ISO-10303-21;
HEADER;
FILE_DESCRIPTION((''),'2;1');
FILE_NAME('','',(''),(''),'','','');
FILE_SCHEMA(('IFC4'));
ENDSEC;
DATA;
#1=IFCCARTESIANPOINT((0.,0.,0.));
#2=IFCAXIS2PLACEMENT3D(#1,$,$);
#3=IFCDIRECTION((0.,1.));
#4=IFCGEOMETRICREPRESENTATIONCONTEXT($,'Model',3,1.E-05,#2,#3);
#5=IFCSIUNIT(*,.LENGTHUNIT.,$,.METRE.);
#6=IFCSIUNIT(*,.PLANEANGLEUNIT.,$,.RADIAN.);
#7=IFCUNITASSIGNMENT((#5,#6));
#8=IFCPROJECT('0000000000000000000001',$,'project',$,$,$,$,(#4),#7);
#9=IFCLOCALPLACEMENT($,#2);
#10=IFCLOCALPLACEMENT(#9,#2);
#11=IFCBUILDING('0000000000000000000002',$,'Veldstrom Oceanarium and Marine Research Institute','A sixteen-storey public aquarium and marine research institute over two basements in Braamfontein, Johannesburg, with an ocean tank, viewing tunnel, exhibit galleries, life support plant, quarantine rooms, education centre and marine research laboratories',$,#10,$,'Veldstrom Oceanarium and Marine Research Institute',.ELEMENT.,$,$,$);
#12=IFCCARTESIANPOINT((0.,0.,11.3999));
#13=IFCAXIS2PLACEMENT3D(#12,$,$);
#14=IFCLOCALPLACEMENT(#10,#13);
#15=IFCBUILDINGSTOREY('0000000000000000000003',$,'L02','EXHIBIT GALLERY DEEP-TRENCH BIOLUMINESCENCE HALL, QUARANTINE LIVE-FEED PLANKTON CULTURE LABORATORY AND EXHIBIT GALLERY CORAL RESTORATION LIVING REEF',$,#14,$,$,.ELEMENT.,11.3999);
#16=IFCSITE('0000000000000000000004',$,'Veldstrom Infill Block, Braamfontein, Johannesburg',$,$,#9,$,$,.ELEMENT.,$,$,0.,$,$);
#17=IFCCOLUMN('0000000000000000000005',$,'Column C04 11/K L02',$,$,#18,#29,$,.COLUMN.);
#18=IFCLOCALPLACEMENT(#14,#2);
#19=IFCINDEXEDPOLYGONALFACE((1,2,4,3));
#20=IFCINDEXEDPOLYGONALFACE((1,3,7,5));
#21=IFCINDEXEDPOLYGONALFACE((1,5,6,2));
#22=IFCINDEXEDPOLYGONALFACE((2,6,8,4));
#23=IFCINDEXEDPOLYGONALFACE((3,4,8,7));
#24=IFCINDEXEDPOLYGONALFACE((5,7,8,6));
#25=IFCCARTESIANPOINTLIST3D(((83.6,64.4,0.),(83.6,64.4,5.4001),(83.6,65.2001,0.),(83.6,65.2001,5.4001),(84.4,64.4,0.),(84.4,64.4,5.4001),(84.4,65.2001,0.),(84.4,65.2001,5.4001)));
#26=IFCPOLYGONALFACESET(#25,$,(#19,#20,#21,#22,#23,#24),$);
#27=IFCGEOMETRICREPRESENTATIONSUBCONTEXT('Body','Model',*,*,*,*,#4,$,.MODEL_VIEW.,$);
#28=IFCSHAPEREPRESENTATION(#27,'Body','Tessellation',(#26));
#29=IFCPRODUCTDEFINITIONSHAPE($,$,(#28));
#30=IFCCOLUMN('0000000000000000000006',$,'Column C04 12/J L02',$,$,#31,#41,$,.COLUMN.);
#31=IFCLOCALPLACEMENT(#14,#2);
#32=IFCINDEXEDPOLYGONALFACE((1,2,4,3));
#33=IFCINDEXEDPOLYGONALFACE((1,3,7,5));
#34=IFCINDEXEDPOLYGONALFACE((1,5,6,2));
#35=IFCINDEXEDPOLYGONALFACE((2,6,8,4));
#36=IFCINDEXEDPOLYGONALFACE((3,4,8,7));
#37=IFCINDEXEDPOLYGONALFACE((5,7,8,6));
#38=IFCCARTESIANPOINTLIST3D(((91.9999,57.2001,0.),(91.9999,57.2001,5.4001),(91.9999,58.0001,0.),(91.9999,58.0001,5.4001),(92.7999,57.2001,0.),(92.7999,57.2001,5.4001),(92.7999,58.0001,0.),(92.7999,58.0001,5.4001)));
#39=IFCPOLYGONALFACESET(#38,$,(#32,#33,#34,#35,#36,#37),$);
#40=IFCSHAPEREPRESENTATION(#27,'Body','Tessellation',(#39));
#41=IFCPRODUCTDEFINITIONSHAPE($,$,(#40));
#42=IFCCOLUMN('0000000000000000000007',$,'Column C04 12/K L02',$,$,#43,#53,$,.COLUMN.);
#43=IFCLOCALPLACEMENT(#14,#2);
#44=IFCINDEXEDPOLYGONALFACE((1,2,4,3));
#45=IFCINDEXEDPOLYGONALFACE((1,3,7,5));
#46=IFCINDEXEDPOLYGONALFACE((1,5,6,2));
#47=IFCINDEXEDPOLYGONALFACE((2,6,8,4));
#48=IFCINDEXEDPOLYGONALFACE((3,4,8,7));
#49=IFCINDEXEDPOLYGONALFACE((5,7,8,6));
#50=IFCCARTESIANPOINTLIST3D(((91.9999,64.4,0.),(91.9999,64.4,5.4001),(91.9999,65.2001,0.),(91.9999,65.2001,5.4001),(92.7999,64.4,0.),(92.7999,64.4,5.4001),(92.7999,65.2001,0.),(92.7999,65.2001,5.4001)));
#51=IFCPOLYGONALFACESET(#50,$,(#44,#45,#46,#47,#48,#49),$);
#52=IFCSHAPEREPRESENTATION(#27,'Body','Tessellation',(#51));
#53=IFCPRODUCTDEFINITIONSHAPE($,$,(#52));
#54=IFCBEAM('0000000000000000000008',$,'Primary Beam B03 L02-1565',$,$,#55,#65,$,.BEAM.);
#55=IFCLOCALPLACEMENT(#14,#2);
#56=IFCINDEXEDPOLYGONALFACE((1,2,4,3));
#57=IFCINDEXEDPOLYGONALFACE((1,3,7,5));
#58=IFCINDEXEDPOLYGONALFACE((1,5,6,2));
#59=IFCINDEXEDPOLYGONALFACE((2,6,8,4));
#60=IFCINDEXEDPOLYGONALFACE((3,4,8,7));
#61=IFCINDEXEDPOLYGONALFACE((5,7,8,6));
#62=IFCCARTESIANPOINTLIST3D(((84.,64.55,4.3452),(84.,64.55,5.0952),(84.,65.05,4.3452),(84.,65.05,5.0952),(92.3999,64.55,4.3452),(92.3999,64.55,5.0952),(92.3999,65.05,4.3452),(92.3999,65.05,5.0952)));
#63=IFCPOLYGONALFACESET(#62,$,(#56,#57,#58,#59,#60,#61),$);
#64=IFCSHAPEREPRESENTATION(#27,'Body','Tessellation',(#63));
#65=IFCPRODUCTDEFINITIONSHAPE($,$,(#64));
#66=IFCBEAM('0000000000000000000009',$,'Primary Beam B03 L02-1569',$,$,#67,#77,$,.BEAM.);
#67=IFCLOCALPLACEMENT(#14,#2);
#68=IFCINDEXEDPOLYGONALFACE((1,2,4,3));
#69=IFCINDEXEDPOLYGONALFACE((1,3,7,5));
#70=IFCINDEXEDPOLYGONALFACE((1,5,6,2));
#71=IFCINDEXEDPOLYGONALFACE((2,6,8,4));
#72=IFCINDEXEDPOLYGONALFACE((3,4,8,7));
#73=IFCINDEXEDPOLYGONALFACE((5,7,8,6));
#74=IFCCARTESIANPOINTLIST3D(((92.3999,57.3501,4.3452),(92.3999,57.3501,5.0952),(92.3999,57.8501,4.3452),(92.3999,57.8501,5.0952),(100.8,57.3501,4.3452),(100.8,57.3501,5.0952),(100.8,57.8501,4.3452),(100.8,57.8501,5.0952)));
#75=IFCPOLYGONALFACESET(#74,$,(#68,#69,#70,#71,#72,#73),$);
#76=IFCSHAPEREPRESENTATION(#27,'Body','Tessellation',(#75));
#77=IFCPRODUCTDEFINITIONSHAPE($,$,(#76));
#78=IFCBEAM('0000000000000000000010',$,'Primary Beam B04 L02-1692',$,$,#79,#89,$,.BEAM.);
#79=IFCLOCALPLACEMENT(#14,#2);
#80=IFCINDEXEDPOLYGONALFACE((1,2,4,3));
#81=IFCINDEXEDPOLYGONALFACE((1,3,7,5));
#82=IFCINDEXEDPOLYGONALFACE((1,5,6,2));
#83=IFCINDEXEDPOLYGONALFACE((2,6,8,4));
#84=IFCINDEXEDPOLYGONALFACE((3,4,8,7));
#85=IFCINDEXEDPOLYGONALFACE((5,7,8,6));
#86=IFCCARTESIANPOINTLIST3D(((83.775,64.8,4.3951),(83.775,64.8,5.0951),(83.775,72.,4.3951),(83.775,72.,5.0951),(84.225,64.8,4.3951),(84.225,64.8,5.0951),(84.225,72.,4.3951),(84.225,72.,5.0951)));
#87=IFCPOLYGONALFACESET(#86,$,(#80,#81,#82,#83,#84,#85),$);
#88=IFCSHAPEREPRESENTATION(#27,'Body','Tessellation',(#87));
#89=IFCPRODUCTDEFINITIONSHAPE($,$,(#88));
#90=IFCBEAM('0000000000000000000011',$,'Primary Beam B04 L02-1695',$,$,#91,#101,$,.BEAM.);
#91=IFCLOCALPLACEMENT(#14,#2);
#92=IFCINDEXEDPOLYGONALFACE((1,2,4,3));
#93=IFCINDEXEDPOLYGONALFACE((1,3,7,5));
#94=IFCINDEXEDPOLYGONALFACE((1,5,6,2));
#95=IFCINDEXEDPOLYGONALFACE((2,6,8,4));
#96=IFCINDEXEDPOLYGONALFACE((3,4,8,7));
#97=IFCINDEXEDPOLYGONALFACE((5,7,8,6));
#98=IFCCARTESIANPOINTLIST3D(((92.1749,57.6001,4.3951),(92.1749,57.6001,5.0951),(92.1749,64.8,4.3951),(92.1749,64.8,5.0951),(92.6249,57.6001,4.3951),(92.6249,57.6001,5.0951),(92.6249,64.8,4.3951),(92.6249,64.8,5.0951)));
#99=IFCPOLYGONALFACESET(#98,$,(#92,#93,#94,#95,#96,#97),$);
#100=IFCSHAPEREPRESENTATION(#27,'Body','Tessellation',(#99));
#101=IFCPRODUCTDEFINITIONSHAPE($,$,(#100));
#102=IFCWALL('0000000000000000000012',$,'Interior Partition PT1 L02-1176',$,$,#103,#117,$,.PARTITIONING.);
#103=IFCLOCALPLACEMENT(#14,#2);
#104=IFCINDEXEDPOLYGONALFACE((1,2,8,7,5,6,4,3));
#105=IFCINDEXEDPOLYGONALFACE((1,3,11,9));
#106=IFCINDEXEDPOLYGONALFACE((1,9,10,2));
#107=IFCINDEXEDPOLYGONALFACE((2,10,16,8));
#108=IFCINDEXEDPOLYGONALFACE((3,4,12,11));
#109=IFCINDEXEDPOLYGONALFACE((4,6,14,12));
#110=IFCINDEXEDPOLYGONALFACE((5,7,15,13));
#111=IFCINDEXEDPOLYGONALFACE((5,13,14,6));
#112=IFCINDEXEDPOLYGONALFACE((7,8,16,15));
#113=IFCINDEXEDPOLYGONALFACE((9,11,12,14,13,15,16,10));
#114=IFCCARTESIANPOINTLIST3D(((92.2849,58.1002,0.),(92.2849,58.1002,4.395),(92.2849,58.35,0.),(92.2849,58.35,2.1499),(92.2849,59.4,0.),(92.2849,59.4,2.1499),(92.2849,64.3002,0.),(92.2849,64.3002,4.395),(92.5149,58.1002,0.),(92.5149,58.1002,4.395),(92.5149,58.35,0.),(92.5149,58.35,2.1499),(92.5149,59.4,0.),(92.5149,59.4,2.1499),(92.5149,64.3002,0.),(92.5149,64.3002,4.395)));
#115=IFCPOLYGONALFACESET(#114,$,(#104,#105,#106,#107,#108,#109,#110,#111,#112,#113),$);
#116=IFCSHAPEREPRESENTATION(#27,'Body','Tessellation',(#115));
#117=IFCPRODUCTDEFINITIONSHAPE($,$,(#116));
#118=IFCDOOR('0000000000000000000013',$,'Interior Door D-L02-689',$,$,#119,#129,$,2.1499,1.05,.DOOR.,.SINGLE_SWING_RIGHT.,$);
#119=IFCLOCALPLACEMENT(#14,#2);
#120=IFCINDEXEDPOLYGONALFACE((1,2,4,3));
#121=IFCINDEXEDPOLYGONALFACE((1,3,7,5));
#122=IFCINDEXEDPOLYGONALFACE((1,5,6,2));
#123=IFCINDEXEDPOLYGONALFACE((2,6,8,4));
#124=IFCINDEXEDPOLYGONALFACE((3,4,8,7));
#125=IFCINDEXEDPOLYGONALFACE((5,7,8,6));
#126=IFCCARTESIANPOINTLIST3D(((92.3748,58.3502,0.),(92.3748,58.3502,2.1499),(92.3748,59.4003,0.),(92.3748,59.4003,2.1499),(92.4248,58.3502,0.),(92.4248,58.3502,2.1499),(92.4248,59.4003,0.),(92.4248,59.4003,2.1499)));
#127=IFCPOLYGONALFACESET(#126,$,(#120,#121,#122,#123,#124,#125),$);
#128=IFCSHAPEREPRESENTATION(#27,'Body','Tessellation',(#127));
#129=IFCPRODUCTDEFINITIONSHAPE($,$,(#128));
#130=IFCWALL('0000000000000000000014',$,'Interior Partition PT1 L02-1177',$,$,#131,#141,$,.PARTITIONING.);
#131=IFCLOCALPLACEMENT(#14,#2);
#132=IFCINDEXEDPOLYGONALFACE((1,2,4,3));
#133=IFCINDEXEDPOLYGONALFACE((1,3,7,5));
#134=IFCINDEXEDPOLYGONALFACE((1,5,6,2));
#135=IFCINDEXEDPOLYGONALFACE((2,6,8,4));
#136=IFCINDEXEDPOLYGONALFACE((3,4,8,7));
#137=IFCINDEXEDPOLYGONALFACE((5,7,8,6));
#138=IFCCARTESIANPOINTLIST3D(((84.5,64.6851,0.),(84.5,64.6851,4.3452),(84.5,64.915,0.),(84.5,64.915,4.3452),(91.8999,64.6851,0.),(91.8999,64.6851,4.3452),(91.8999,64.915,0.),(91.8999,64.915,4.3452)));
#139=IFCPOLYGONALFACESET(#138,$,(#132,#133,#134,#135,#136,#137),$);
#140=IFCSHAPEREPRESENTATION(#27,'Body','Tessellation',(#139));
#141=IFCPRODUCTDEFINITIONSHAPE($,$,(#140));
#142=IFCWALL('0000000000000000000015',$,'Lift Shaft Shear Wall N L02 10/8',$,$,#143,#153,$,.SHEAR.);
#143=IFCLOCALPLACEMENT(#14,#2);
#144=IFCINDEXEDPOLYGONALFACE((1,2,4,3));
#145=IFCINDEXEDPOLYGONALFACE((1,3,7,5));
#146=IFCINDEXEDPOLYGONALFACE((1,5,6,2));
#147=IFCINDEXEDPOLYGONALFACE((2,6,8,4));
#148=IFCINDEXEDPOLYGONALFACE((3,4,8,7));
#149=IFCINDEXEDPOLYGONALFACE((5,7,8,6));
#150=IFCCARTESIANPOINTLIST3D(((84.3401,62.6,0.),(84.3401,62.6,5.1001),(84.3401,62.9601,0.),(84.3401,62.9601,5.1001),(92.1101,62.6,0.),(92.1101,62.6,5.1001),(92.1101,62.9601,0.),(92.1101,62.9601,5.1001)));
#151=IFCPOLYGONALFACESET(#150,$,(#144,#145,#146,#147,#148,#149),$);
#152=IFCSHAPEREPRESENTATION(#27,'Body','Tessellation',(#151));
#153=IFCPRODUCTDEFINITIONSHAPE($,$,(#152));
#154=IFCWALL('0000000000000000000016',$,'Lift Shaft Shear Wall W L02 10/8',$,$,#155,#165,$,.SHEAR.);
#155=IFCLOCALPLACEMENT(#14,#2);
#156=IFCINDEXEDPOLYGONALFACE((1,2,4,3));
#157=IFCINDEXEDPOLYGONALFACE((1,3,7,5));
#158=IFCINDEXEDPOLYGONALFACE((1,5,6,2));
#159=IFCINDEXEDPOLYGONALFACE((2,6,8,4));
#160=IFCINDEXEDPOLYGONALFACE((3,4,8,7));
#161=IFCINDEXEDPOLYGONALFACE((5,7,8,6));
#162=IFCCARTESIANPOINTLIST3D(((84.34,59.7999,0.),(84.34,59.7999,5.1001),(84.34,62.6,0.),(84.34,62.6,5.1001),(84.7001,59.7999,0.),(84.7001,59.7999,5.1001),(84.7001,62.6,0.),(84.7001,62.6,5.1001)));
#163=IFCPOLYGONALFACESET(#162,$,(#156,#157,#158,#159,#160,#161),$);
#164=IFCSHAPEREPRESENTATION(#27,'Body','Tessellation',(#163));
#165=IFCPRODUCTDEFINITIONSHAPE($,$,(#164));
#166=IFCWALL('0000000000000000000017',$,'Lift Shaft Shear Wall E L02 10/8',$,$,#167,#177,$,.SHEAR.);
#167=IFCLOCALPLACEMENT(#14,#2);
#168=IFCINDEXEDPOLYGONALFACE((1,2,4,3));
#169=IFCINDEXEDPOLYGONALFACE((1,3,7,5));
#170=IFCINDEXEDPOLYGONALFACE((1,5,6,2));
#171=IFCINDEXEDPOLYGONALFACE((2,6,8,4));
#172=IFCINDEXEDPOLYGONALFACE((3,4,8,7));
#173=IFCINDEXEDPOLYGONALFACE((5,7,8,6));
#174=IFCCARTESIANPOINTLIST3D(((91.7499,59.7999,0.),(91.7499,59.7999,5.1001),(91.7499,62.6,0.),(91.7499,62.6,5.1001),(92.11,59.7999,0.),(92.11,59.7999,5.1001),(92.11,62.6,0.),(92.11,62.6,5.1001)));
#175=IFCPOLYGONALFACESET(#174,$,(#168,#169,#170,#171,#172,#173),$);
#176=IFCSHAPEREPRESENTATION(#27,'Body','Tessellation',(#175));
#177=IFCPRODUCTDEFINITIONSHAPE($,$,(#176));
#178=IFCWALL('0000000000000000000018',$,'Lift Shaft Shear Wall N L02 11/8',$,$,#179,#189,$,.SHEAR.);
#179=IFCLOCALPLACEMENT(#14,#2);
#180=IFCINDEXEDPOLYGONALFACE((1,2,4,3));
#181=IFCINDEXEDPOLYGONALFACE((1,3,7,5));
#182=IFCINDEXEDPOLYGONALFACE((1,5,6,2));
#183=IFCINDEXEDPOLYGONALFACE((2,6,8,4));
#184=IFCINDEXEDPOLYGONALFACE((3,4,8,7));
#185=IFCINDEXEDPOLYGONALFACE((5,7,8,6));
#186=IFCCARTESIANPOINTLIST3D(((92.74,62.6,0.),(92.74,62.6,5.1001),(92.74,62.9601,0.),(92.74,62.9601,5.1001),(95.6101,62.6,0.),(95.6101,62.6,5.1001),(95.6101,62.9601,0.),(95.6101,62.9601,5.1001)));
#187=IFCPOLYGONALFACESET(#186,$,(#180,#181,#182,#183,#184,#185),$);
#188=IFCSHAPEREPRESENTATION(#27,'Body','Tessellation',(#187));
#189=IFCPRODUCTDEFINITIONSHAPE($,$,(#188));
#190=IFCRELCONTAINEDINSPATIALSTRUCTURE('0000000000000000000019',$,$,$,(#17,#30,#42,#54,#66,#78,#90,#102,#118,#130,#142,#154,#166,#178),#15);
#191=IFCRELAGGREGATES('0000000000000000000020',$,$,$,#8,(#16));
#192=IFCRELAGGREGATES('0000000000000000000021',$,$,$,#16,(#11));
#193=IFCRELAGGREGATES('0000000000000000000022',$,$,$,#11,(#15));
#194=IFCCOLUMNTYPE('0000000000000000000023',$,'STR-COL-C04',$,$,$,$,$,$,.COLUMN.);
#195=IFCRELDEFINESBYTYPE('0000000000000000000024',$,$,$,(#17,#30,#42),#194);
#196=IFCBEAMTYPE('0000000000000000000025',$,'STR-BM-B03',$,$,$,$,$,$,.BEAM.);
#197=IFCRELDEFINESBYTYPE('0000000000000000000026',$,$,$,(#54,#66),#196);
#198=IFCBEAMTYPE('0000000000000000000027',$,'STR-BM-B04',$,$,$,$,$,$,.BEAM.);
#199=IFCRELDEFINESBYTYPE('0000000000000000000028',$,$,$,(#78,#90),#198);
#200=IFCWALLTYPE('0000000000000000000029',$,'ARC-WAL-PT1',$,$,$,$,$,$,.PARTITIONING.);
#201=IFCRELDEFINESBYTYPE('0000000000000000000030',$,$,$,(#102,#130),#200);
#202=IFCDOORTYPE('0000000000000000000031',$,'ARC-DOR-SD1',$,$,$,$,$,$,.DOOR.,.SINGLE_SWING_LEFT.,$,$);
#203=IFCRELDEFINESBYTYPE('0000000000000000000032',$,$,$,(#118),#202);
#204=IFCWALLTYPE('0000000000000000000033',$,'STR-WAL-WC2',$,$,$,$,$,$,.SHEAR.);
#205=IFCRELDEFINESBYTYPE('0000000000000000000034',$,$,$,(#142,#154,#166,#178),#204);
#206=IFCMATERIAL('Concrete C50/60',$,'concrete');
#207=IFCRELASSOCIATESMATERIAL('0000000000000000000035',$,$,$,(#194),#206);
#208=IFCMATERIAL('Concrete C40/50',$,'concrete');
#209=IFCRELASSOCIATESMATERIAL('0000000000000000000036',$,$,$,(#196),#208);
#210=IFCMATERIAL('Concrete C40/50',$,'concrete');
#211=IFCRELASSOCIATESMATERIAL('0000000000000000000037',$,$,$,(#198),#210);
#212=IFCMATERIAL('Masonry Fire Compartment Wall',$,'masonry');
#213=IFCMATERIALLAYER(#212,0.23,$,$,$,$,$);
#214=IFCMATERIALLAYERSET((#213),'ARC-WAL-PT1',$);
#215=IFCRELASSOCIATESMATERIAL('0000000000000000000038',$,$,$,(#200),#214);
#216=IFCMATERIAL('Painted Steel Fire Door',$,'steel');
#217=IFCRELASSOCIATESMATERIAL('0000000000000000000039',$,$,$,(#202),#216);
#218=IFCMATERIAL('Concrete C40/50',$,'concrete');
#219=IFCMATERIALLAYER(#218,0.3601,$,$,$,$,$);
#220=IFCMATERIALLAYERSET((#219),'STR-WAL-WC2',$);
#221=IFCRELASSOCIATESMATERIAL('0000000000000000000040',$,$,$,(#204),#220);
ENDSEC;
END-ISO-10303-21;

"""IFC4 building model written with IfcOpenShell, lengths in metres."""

from ifc_helpers import new_model, si_unit, direction, frame, frame_2d, origin, origin_2d, place, context, subcontext, project, spatial, rectangle, extrude, material, layer, layer_set, material_profile, profile_set, type_object, element, fill, save


model = new_model("IFC4")

# Units and contexts
model_context = context("Model", 3, precision=1e-05, world=origin(), true_north=direction((0.0, 1.0)))
body_context = subcontext(model_context, "Body", "Model", "MODEL_VIEW")
ifc_project = project(units=[si_unit("LENGTHUNIT", "METRE"), si_unit("PLANEANGLEUNIT", "RADIAN")], contexts=[model_context])

# Site, building, storey
site_placement = place(None, origin())
site = spatial("IfcSite", under=ifc_project, at=site_placement, Name="Veldstrom Infill Block, Braamfontein, Johannesburg", CompositionType="ELEMENT", RefElevation=0.0)
building_placement = place(site_placement, origin())
building = spatial("IfcBuilding", under=site, at=building_placement, Name="Veldstrom Oceanarium and Marine Research Institute", Description="A sixteen-storey public aquarium and marine research institute over two basements in Braamfontein, Johannesburg, with an ocean tank, viewing tunnel, exhibit galleries, life support plant, quarantine rooms, education centre and marine research laboratories", LongName="Veldstrom Oceanarium and Marine Research Institute", CompositionType="ELEMENT")
storey_placement = place(building_placement, frame((0.0, 0.0, 11.3999)))
storey = spatial("IfcBuildingStorey", under=building, at=storey_placement, Name="L02", Description="EXHIBIT GALLERY DEEP-TRENCH BIOLUMINESCENCE HALL, QUARANTINE LIVE-FEED PLANKTON CULTURE LABORATORY AND EXHIBIT GALLERY CORAL RESTORATION LIVING REEF", CompositionType="ELEMENT", Elevation=11.3999)

# Columns
ifc_material_1 = material(Name="Concrete C50/60", Category="concrete")
ifc_material_profile_1 = material_profile(ifc_material_1, rectangle(XDim=0.8, YDim=0.8, at=origin_2d()), Name="RC-COL-800x800")
ifc_profile_set_1 = profile_set([ifc_material_profile_1], Name="Concrete C50/60")
column_type = type_object("IfcColumnType", Name="STR-COL-C04", PredefinedType="COLUMN", material=ifc_profile_set_1)
for number, where, z_axis, x_axis, name in (
    (1, (84.0, 64.8, 0.0), (0.0, 0.0, 1.0), (1.0, 0.0, 0.0), "Column C04 11/K L02"),
    (2, (92.3999, 57.6001, 0.0), (0.0, 0.0, 1.0), (1.0, 0.0, 0.0), "Column C04 12/J L02"),
    (3, (92.3999, 64.8, 0.0), (0.0, 0.0, 1.0), (1.0, 0.0, 0.0), "Column C04 12/K L02"),
):
    element("IfcColumn", number, at=place(storey_placement, frame(where, z_axis=z_axis, x_axis=x_axis)), inside=storey, type_object=column_type, Name=name, PredefinedType="COLUMN", context=body_context, shape_type="SweptSolid", body=[
        extrude(rectangle(XDim=0.8, YDim=0.8, at=origin_2d()), origin(), (0.0, 0.0, 1.0), 5.4001),
    ])

# Beams
ifc_material_2 = material(Name="Concrete C40/50", Category="concrete")
ifc_material_profile_2 = material_profile(ifc_material_2, rectangle(XDim=0.5, YDim=0.75, at=origin_2d()), Name="RC-BM-500x750")
ifc_profile_set_2 = profile_set([ifc_material_profile_2], Name="Concrete C40/50")
beam_type_1 = type_object("IfcBeamType", Name="STR-BM-B03", PredefinedType="BEAM", material=ifc_profile_set_2)
beam_1_placement = place(storey_placement, frame((84.0, 64.8, 4.7202), z_axis=(1.0, 0.0, 0.0), x_axis=(0.0, 1.0, 0.0)))
element("IfcBeam", 4, at=beam_1_placement, inside=storey, type_object=beam_type_1, Name="Primary Beam B03 L02-1565", PredefinedType="BEAM", context=body_context, shape_type="SweptSolid", body=[
    extrude(rectangle(XDim=0.5, YDim=0.75, at=origin_2d()), origin(), (0.0, 0.0, 1.0), 8.3999),
])
beam_2_placement = place(storey_placement, frame((92.3999, 57.6001, 4.7202), z_axis=(1.0, 0.0, 0.0), x_axis=(0.0, 1.0, 0.0)))
element("IfcBeam", 5, at=beam_2_placement, inside=storey, type_object=beam_type_1, Name="Primary Beam B03 L02-1569", PredefinedType="BEAM", context=body_context, shape_type="SweptSolid", body=[
    extrude(rectangle(XDim=0.5, YDim=0.75, at=origin_2d()), origin(), (0.0, 0.0, 1.0), 8.4001),
])
ifc_material_3 = material(Name="Concrete C40/50", Category="concrete")
ifc_material_profile_3 = material_profile(ifc_material_3, rectangle(XDim=0.45, YDim=0.7, at=origin_2d()), Name="RC-BM-450x700")
ifc_profile_set_3 = profile_set([ifc_material_profile_3], Name="Concrete C40/50")
beam_type_2 = type_object("IfcBeamType", Name="STR-BM-B04", PredefinedType="BEAM", material=ifc_profile_set_3)
for number, where, z_axis, x_axis, name in (
    (6, (84.0, 64.8, 4.7451), (0.0, 1.0, 0.0), (-1.0, 0.0, 0.0), "Primary Beam B04 L02-1692"),
    (7, (92.3999, 57.6001, 4.7451), (0.0, 1.0, 0.0), (-1.0, 0.0, 0.0), "Primary Beam B04 L02-1695"),
):
    element("IfcBeam", number, at=place(storey_placement, frame(where, z_axis=z_axis, x_axis=x_axis)), inside=storey, type_object=beam_type_2, Name=name, PredefinedType="BEAM", context=body_context, shape_type="SweptSolid", body=[
        extrude(rectangle(XDim=0.45, YDim=0.7, at=origin_2d()), origin(), (0.0, 0.0, 1.0), 7.2),
    ])

# Wall, opening, door
ifc_material_4 = material(Name="Masonry Fire Compartment Wall", Category="masonry")
ifc_layer_1 = layer(ifc_material_4, 0.23)
ifc_layer_set_1 = layer_set([ifc_layer_1], Name="ARC-WAL-PT1")
wall_type_1 = type_object("IfcWallType", Name="ARC-WAL-PT1", PredefinedType="PARTITIONING", material=ifc_layer_set_1)
wall_1_placement = place(storey_placement, frame((92.3999, 58.1001, 0.0), z_axis=(0.0, 0.0, 1.0), x_axis=(0.0, 1.0, 0.0)))
wall_1 = element("IfcWall", 8, at=wall_1_placement, inside=storey, type_object=wall_type_1, Name="Interior Partition PT1 L02-1176", PredefinedType="PARTITIONING", context=body_context, shape_type="SweptSolid", body=[
    extrude(rectangle(XDim=6.2, YDim=0.23, at=frame_2d((3.1001, 0.0))), origin(), (0.0, 0.0, 1.0), 4.395),
])
opening_1_placement = place(wall_1_placement, frame((0.25, 0.0, 0.0)))
opening_1 = element("IfcOpeningElement", 9, at=opening_1_placement, cuts=wall_1, PredefinedType="OPENING", context=body_context, shape_type="SweptSolid", body=[
    extrude(rectangle(XDim=1.05, YDim=2.1499, at=frame_2d((0.5249, 1.075))), frame((0.0, 0.125, 0.0), z_axis=(0.0, -1.0, 0.0), x_axis=(1.0, 0.0, 0.0)), (0.0, 0.0, 1.0), 0.25),
])
ifc_material_5 = material(Name="Painted Steel Fire Door", Category="steel")
door_type_1 = type_object("IfcDoorType", Name="ARC-DOR-SD1", OperationType="SINGLE_SWING_LEFT", PredefinedType="DOOR", material=ifc_material_5)
door_1_placement = place(opening_1_placement, frame((1.05, 0.0, 0.0), z_axis=(0.0, 0.0, 1.0), x_axis=(-1.0, 0.0, 0.0)))
door_1 = element("IfcDoor", 10, at=door_1_placement, inside=storey, type_object=door_type_1, Name="Interior Door D-L02-689", OperationType="SINGLE_SWING_RIGHT", OverallHeight=2.1499, OverallWidth=1.05, PredefinedType="DOOR", context=body_context, shape_type="SweptSolid", body=[
    extrude(rectangle(XDim=1.05, YDim=2.1499, at=frame_2d((0.5249, 1.075))), frame((0.0, 0.0249, 0.0), z_axis=(0.0, -1.0, 0.0), x_axis=(1.0, 0.0, 0.0)), (0.0, 0.0, 1.0), 0.05),
])
fill(opening_1, door_1)

# Walls
wall_2_placement = place(storey_placement, frame((84.5, 64.8, 0.0), z_axis=(0.0, 0.0, 1.0), x_axis=(1.0, 0.0, 0.0)))
element("IfcWall", 11, at=wall_2_placement, inside=storey, type_object=wall_type_1, Name="Interior Partition PT1 L02-1177", PredefinedType="PARTITIONING", context=body_context, shape_type="SweptSolid", body=[
    extrude(rectangle(XDim=7.3999, YDim=0.23, at=frame_2d((3.7, 0.0))), origin(), (0.0, 0.0, 1.0), 4.3452),
])
ifc_material_6 = material(Name="Concrete C40/50", Category="concrete")
ifc_layer_2 = layer(ifc_material_6, 0.3601)
ifc_layer_set_2 = layer_set([ifc_layer_2], Name="STR-WAL-WC2")
wall_type_2 = type_object("IfcWallType", Name="STR-WAL-WC2", PredefinedType="SHEAR", material=ifc_layer_set_2)
wall_3_placement = place(storey_placement, frame((84.3401, 62.78, 0.0), z_axis=(0.0, 0.0, 1.0), x_axis=(1.0, 0.0, 0.0)))
element("IfcWall", 12, at=wall_3_placement, inside=storey, type_object=wall_type_2, Name="Lift Shaft Shear Wall N L02 10/8", PredefinedType="SHEAR", context=body_context, shape_type="SweptSolid", body=[
    extrude(rectangle(XDim=7.77, YDim=0.3601, at=frame_2d((3.885, 0.0))), origin(), (0.0, 0.0, 1.0), 5.1001),
])

# Walls
for number, where, z_axis, x_axis, name in (
    (13, (84.52, 59.8, 0.0), (0.0, 0.0, 1.0), (0.0, 1.0, 0.0), "Lift Shaft Shear Wall W L02 10/8"),
    (14, (91.9299, 59.8, 0.0), (0.0, 0.0, 1.0), (0.0, 1.0, 0.0), "Lift Shaft Shear Wall E L02 10/8"),
):
    element("IfcWall", number, at=place(storey_placement, frame(where, z_axis=z_axis, x_axis=x_axis)), inside=storey, type_object=wall_type_2, Name=name, PredefinedType="SHEAR", context=body_context, shape_type="SweptSolid", body=[
        extrude(rectangle(XDim=2.8, YDim=0.3601, at=frame_2d((1.3999, 0.0))), origin(), (0.0, 0.0, 1.0), 5.1001),
    ])
wall_4_placement = place(storey_placement, frame((92.74, 62.78, 0.0), z_axis=(0.0, 0.0, 1.0), x_axis=(1.0, 0.0, 0.0)))
element("IfcWall", 15, at=wall_4_placement, inside=storey, type_object=wall_type_2, Name="Lift Shaft Shear Wall N L02 11/8", PredefinedType="SHEAR", context=body_context, shape_type="SweptSolid", body=[
    extrude(rectangle(XDim=2.8701, YDim=0.3601, at=frame_2d((1.4351, 0.0))), origin(), (0.0, 0.0, 1.0), 5.1001),
])

save(model, "model.ifc")
